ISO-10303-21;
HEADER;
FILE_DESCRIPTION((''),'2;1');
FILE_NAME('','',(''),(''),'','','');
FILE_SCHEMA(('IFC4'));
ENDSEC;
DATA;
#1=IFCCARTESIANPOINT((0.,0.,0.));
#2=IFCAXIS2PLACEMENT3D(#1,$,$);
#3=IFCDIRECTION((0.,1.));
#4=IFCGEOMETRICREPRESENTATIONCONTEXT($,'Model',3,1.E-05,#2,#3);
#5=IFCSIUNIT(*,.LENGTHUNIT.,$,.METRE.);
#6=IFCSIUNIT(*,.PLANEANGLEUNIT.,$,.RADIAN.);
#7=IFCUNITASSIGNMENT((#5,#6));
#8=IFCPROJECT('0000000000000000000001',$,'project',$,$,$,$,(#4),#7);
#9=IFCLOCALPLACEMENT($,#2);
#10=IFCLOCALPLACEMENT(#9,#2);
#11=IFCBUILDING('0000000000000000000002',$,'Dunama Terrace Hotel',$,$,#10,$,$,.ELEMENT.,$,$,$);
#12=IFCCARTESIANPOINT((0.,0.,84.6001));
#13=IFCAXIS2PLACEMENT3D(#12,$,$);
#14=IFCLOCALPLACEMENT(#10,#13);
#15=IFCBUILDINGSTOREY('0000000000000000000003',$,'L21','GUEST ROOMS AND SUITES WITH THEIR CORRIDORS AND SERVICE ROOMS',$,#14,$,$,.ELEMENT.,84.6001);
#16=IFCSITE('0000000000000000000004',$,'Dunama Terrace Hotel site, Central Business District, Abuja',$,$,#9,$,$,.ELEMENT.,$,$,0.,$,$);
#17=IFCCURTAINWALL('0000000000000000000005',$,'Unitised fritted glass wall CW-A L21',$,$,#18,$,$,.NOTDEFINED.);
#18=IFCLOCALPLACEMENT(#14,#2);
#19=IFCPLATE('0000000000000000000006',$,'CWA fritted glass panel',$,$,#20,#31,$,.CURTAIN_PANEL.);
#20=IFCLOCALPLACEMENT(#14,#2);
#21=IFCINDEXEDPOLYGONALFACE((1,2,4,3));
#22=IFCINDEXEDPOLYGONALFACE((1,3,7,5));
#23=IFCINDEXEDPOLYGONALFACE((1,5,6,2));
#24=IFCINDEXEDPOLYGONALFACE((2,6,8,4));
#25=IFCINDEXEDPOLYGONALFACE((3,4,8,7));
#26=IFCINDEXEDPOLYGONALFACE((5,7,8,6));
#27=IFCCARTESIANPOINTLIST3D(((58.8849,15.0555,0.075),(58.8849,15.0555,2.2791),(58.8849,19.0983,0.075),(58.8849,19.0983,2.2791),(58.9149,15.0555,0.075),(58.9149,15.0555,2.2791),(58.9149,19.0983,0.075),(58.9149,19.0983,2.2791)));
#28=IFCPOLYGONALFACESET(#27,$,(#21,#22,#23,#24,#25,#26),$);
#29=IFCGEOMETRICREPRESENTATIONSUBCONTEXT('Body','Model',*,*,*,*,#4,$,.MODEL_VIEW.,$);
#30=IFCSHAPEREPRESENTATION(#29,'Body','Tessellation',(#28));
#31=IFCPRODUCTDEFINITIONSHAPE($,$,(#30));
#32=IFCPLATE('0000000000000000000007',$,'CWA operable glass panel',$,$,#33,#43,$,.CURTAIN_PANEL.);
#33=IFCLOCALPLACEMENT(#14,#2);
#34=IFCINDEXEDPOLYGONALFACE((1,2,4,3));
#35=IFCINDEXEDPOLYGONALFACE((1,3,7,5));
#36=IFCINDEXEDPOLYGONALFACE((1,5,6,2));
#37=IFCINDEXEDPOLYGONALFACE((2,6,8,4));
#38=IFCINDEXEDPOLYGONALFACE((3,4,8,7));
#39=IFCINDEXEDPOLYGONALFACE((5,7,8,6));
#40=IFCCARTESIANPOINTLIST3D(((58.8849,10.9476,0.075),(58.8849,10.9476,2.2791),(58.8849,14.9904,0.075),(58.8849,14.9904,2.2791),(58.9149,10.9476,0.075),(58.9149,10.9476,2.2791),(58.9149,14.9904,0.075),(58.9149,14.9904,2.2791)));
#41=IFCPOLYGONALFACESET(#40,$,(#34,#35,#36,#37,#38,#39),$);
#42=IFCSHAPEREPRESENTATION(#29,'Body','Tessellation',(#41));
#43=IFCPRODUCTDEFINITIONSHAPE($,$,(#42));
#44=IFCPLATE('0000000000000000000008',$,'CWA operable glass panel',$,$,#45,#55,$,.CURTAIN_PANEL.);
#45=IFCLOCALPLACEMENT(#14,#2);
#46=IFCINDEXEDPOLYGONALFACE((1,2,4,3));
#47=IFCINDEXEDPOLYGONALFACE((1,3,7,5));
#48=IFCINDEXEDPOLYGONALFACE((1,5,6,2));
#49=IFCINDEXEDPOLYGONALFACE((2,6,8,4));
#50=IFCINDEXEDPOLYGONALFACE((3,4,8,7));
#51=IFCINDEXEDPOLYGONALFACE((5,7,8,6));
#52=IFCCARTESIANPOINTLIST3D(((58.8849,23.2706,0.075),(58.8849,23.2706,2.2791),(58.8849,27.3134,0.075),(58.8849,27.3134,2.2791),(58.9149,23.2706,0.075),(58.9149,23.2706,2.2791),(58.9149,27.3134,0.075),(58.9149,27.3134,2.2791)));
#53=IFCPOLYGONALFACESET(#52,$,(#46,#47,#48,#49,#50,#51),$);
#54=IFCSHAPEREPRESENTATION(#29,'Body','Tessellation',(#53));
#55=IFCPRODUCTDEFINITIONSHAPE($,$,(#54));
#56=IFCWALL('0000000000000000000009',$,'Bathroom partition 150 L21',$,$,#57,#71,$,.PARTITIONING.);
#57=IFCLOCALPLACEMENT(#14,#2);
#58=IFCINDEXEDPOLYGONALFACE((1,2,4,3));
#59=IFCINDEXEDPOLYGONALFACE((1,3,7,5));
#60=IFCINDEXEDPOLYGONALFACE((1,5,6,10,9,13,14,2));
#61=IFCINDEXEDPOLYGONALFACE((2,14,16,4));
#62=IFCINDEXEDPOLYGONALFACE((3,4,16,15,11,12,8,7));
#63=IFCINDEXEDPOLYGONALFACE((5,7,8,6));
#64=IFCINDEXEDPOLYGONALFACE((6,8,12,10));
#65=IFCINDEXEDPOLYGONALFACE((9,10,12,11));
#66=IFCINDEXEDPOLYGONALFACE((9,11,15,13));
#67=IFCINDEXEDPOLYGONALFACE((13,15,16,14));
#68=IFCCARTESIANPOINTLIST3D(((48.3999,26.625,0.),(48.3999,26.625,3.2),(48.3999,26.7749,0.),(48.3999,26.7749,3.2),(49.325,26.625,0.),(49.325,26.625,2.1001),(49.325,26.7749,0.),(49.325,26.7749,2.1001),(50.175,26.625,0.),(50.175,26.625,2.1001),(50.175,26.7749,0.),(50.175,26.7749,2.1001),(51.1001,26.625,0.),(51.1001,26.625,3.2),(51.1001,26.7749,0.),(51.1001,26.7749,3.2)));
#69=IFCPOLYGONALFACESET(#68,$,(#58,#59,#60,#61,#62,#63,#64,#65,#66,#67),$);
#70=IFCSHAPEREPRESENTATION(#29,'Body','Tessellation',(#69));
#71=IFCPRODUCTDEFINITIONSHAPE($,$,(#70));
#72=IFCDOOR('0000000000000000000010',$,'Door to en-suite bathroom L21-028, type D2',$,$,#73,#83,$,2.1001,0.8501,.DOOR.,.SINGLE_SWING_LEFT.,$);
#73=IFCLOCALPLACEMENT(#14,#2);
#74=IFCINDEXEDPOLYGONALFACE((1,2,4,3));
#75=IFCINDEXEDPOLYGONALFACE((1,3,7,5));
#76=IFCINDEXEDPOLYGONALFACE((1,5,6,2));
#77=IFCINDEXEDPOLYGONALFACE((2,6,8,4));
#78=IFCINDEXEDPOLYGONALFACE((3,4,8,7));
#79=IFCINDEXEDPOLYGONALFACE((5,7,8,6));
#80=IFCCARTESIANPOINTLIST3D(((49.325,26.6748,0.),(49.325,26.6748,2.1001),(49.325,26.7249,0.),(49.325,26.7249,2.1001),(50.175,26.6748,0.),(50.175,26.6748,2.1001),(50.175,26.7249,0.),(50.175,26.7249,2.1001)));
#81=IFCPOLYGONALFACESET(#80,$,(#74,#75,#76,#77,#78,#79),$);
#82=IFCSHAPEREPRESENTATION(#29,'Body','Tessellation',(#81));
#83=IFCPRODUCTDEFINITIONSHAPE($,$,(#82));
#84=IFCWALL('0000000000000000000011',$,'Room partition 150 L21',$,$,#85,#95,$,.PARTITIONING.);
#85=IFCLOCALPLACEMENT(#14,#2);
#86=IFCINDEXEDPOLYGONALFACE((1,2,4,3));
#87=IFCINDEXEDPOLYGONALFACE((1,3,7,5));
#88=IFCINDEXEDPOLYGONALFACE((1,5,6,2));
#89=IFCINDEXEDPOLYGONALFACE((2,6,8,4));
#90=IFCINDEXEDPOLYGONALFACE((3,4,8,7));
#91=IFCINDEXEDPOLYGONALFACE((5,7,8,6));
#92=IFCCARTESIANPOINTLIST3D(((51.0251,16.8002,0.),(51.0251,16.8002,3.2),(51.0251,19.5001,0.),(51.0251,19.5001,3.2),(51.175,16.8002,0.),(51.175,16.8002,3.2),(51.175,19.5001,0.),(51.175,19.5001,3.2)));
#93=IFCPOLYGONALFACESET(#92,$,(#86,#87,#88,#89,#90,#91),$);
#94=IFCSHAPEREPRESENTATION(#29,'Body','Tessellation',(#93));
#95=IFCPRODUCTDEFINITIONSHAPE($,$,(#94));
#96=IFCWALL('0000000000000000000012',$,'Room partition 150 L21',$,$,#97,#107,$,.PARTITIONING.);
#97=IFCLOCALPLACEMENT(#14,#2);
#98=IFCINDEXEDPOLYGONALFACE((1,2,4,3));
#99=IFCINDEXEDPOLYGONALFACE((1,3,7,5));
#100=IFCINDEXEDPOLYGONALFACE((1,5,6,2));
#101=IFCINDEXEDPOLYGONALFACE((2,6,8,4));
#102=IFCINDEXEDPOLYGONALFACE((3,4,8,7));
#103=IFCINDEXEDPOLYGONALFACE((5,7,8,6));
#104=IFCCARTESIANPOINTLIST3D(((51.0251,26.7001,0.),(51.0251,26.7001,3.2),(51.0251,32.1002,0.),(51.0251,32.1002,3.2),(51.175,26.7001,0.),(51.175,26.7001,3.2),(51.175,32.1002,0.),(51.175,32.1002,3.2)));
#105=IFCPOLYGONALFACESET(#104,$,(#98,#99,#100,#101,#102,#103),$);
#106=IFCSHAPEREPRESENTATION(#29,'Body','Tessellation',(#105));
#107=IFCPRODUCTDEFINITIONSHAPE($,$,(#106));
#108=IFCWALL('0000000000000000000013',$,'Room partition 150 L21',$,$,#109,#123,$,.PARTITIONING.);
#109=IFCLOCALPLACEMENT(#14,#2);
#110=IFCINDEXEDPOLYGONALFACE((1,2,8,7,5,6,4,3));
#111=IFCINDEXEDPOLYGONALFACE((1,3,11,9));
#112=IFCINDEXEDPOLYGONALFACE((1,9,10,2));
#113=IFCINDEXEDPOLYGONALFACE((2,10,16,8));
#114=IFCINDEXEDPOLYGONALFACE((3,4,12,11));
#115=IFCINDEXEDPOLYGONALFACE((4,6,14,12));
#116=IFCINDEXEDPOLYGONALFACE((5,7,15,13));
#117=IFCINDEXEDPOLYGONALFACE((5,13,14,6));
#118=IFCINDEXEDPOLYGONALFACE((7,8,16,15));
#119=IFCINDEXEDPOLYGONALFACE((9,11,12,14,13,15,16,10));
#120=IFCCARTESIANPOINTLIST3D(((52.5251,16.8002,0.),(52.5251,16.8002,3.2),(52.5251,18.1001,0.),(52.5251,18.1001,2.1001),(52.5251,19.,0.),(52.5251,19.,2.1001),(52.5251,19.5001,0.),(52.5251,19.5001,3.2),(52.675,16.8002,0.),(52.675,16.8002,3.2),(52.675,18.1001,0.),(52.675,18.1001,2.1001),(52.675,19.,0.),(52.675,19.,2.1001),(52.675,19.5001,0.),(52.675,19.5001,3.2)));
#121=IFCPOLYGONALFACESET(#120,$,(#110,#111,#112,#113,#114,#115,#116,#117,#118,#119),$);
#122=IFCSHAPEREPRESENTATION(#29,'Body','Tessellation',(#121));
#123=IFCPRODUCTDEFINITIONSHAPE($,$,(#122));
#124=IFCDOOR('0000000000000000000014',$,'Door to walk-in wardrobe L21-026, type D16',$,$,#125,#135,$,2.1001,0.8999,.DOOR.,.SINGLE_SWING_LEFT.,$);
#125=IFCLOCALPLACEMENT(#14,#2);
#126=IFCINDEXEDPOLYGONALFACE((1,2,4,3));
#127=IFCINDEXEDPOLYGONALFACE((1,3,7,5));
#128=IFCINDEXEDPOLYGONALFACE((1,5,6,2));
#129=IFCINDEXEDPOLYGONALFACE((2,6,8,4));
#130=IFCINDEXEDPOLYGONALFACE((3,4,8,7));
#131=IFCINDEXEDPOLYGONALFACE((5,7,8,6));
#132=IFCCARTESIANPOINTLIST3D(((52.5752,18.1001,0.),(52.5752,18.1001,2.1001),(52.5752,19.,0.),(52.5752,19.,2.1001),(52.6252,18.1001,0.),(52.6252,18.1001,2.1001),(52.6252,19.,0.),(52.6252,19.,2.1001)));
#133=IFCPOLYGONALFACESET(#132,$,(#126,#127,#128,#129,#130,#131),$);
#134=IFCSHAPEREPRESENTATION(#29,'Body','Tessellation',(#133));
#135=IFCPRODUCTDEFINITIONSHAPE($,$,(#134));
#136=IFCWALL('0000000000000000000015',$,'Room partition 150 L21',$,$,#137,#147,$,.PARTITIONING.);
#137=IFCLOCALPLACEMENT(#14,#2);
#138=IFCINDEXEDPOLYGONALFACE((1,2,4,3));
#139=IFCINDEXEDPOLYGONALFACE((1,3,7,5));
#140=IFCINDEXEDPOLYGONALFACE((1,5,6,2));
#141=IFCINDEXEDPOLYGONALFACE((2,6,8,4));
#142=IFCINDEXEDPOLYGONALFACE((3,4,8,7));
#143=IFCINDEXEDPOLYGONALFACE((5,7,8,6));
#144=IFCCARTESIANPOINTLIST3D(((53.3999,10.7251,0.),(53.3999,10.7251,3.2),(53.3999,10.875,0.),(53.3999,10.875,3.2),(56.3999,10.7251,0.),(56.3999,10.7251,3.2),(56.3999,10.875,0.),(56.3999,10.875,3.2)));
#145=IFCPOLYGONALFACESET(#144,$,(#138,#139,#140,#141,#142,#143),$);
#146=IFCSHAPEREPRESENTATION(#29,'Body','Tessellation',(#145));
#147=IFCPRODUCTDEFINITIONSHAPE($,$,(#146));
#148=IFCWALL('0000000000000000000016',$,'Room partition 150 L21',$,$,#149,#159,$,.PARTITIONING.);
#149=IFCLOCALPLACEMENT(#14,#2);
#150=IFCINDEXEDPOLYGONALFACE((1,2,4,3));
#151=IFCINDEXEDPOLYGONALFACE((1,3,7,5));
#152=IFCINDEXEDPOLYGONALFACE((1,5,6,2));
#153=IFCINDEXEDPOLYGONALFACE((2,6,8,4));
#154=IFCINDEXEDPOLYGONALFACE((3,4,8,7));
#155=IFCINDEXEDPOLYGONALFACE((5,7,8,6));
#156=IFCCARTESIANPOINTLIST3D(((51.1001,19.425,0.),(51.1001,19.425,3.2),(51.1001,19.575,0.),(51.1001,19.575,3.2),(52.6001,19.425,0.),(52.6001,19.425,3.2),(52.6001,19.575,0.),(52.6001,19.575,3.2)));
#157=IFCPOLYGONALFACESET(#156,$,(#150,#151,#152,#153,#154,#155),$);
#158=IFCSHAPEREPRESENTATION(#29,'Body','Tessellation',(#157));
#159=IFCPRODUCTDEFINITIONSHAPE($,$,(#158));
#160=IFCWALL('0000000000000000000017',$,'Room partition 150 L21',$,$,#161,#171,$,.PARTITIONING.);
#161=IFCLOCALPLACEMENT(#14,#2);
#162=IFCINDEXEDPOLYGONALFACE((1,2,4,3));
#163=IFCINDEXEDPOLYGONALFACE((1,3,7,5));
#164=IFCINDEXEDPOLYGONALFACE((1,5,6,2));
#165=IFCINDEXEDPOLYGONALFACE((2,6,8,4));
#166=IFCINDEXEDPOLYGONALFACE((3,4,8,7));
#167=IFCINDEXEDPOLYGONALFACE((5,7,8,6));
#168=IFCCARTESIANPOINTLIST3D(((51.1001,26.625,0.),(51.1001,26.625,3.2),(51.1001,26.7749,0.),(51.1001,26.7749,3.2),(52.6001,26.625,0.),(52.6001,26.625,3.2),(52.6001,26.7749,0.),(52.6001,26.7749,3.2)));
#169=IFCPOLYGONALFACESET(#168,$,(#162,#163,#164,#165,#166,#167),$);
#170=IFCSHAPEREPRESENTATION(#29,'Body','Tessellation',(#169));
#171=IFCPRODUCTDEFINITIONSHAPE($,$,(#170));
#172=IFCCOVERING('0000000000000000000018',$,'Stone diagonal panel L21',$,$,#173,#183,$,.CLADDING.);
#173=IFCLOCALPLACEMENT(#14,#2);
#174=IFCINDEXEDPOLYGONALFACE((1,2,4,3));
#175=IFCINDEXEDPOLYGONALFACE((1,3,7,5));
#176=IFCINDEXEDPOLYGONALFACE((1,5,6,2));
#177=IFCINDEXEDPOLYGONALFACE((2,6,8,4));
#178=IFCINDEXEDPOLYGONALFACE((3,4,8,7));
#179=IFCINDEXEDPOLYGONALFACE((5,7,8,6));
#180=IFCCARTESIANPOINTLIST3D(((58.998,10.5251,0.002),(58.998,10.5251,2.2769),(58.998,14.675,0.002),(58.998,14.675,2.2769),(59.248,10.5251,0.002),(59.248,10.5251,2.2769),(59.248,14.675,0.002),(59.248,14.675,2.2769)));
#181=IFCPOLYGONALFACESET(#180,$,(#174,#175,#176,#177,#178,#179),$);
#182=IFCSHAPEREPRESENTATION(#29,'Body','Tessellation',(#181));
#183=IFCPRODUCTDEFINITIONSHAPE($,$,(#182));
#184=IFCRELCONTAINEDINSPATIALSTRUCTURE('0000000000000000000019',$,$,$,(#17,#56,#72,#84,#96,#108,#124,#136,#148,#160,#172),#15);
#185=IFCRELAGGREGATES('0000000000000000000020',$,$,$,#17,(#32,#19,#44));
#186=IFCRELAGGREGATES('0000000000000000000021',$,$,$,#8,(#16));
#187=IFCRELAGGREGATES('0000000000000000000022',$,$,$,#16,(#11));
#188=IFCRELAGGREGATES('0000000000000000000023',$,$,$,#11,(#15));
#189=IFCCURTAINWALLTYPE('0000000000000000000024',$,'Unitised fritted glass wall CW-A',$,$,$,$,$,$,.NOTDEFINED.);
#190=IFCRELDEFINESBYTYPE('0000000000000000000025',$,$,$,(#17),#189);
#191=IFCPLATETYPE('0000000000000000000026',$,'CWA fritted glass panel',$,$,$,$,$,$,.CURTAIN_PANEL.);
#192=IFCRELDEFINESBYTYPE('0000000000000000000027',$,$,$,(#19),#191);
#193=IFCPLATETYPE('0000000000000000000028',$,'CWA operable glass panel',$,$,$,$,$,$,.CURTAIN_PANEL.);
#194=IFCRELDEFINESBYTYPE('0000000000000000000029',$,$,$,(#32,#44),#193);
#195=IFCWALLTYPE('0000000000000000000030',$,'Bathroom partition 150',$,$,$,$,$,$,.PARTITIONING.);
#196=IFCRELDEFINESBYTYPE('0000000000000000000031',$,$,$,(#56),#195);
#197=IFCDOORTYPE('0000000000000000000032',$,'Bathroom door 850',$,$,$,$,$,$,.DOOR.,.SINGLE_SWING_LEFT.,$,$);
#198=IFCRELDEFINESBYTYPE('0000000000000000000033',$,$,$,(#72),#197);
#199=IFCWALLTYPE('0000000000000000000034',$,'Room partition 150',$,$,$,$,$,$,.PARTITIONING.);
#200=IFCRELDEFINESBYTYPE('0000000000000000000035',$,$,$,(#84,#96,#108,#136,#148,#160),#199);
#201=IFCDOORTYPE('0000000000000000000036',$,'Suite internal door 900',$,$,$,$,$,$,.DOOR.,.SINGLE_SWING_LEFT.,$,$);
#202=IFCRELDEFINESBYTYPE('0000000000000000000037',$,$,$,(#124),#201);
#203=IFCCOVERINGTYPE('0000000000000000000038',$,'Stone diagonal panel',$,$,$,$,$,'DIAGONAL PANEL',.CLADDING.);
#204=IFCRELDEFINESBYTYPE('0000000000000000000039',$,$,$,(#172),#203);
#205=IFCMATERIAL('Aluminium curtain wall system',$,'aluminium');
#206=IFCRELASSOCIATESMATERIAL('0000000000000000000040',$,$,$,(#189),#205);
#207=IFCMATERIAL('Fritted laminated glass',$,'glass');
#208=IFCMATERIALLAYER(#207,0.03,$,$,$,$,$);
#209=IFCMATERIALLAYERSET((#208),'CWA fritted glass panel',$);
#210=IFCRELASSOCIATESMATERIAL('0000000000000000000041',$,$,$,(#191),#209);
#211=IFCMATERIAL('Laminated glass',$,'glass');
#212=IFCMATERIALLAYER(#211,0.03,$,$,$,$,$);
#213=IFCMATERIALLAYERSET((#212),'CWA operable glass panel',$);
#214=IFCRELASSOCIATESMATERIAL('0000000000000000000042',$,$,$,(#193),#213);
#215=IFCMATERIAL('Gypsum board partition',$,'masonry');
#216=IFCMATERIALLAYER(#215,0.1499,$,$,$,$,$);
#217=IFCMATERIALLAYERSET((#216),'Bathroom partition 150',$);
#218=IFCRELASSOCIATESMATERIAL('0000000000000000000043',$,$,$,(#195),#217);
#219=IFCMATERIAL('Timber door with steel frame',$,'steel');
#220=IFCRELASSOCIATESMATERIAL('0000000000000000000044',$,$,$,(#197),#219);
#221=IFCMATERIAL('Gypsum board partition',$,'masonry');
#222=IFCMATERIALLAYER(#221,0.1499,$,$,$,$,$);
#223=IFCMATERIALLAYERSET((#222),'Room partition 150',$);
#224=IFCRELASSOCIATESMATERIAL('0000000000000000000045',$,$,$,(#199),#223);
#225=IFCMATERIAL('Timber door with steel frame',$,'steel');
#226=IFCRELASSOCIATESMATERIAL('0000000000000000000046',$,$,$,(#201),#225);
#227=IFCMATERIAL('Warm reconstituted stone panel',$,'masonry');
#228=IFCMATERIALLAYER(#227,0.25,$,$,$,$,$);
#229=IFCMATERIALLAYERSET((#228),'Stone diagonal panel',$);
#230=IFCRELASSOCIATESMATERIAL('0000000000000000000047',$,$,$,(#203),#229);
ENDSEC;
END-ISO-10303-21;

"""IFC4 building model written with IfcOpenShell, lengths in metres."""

from ifc_helpers import new_model, si_unit, direction, frame, frame_2d, origin, origin_2d, place, context, subcontext, project, spatial, rectangle, extrude, material, layer, layer_set, type_object, element, fill, aggregate, save


model = new_model("IFC4")

# Units and contexts
model_context = context("Model", 3, precision=1e-05, world=origin(), true_north=direction((0.0, 1.0)))
body_context = subcontext(model_context, "Body", "Model", "MODEL_VIEW")
ifc_project = project(units=[si_unit("LENGTHUNIT", "METRE"), si_unit("PLANEANGLEUNIT", "RADIAN")], contexts=[model_context])

# Site, building, storey
site_placement = place(None, origin())
site = spatial("IfcSite", under=ifc_project, at=site_placement, Name="Dunama Terrace Hotel site, Central Business District, Abuja", CompositionType="ELEMENT", RefElevation=0.0)
building_placement = place(site_placement, origin())
building = spatial("IfcBuilding", under=site, at=building_placement, Name="Dunama Terrace Hotel", CompositionType="ELEMENT")
storey_placement = place(building_placement, frame((0.0, 0.0, 84.6001)))
storey = spatial("IfcBuildingStorey", under=building, at=storey_placement, Name="L21", Description="GUEST ROOMS AND SUITES WITH THEIR CORRIDORS AND SERVICE ROOMS", CompositionType="ELEMENT", Elevation=84.6001)

# Curtain wall, plates
ifc_material_1 = material(Name="Aluminium curtain wall system", Category="aluminium")
curtain_wall_type = type_object("IfcCurtainWallType", Name="Unitised fritted glass wall CW-A", PredefinedType="NOTDEFINED", material=ifc_material_1)
curtain_wall_placement = place(storey_placement, origin())
curtain_wall = element("IfcCurtainWall", 1, at=curtain_wall_placement, inside=storey, type_object=curtain_wall_type, Name="Unitised fritted glass wall CW-A L21", PredefinedType="NOTDEFINED")
ifc_material_2 = material(Name="Fritted laminated glass", Category="glass")
ifc_layer_1 = layer(ifc_material_2, 0.03)
ifc_layer_set_1 = layer_set([ifc_layer_1], Name="CWA fritted glass panel")
plate_type_1 = type_object("IfcPlateType", Name="CWA fritted glass panel", PredefinedType="CURTAIN_PANEL", material=ifc_layer_set_1)
plate_1_placement = place(storey_placement, frame((58.8999, 17.0769, 0.075), z_axis=(0.0, 0.0, 1.0), x_axis=(0.0, 1.0, 0.0)))
plate_1 = element("IfcPlate", 2, at=plate_1_placement, type_object=plate_type_1, Name="CWA fritted glass panel", PredefinedType="CURTAIN_PANEL", context=body_context, shape_type="SweptSolid", body=[
    extrude(rectangle(XDim=4.0427, YDim=0.03, at=origin_2d()), origin(), (0.0, 0.0, 1.0), 2.2041),
])
ifc_material_3 = material(Name="Laminated glass", Category="glass")
ifc_layer_2 = layer(ifc_material_3, 0.03)
ifc_layer_set_2 = layer_set([ifc_layer_2], Name="CWA operable glass panel")
plate_type_2 = type_object("IfcPlateType", Name="CWA operable glass panel", PredefinedType="CURTAIN_PANEL", material=ifc_layer_set_2)
plate_2_placement = place(storey_placement, frame((58.8999, 12.969, 0.075), z_axis=(0.0, 0.0, 1.0), x_axis=(0.0, 1.0, 0.0)))
plate_2 = element("IfcPlate", 3, at=plate_2_placement, type_object=plate_type_2, Name="CWA operable glass panel", PredefinedType="CURTAIN_PANEL", context=body_context, shape_type="SweptSolid", body=[
    extrude(rectangle(XDim=4.0427, YDim=0.03, at=origin_2d()), origin(), (0.0, 0.0, 1.0), 2.2041),
])
plate_3_placement = place(storey_placement, frame((58.8999, 25.292, 0.075), z_axis=(0.0, 0.0, 1.0), x_axis=(0.0, 1.0, 0.0)))
plate_3 = element("IfcPlate", 4, at=plate_3_placement, type_object=plate_type_2, Name="CWA operable glass panel", PredefinedType="CURTAIN_PANEL", context=body_context, shape_type="SweptSolid", body=[
    extrude(rectangle(XDim=4.0427, YDim=0.03, at=origin_2d()), origin(), (0.0, 0.0, 1.0), 2.2041),
])
aggregate(curtain_wall, [plate_2, plate_1, plate_3])

# Wall, opening, door
ifc_material_4 = material(Name="Gypsum board partition", Category="masonry")
ifc_layer_3 = layer(ifc_material_4, 0.1499)
ifc_layer_set_3 = layer_set([ifc_layer_3], Name="Bathroom partition 150")
wall_type_1 = type_object("IfcWallType", Name="Bathroom partition 150", PredefinedType="PARTITIONING", material=ifc_layer_set_3)
wall_1_placement = place(storey_placement, frame((48.3999, 26.7, 0.0), z_axis=(0.0, 0.0, 1.0), x_axis=(1.0, 0.0, 0.0)))
wall_1 = element("IfcWall", 5, at=wall_1_placement, inside=storey, type_object=wall_type_1, Name="Bathroom partition 150 L21", PredefinedType="PARTITIONING", context=body_context, shape_type="SweptSolid", body=[
    extrude(rectangle(XDim=2.7002, YDim=0.1499, at=frame_2d((1.3501, 0.0))), origin(), (0.0, 0.0, 1.0), 3.2),
])
opening_1_placement = place(wall_1_placement, frame((0.925, 0.0, 0.0)))
opening_1 = element("IfcOpeningElement", 6, at=opening_1_placement, cuts=wall_1, PredefinedType="OPENING", context=body_context, shape_type="SweptSolid", body=[
    extrude(rectangle(XDim=0.8501, YDim=2.1001, at=frame_2d((0.425, 1.05))), frame((0.0, 0.085, 0.0), z_axis=(0.0, -1.0, 0.0), x_axis=(1.0, 0.0, 0.0)), (0.0, 0.0, 1.0), 0.1699),
])
ifc_material_5 = material(Name="Timber door with steel frame", Category="steel")
door_type_1 = type_object("IfcDoorType", Name="Bathroom door 850", OperationType="SINGLE_SWING_LEFT", PredefinedType="DOOR", material=ifc_material_5)
door_1_placement = place(opening_1_placement, origin())
door_1 = element("IfcDoor", 7, at=door_1_placement, inside=storey, type_object=door_type_1, Name="Door to en-suite bathroom L21-028, type D2", OperationType="SINGLE_SWING_LEFT", OverallHeight=2.1001, OverallWidth=0.8501, PredefinedType="DOOR", context=body_context, shape_type="SweptSolid", body=[
    extrude(rectangle(XDim=0.8501, YDim=2.1001, at=frame_2d((0.425, 1.05))), frame((0.0, 0.0249, 0.0), z_axis=(0.0, -1.0, 0.0), x_axis=(1.0, 0.0, 0.0)), (0.0, 0.0, 1.0), 0.05),
])
fill(opening_1, door_1)

# Walls
ifc_material_6 = material(Name="Gypsum board partition", Category="masonry")
ifc_layer_4 = layer(ifc_material_6, 0.1499)
ifc_layer_set_4 = layer_set([ifc_layer_4], Name="Room partition 150")
wall_type_2 = type_object("IfcWallType", Name="Room partition 150", PredefinedType="PARTITIONING", material=ifc_layer_set_4)
wall_2_placement = place(storey_placement, frame((51.1001, 16.8, 0.0), z_axis=(0.0, 0.0, 1.0), x_axis=(0.0, 1.0, 0.0)))
element("IfcWall", 8, at=wall_2_placement, inside=storey, type_object=wall_type_2, Name="Room partition 150 L21", PredefinedType="PARTITIONING", context=body_context, shape_type="SweptSolid", body=[
    extrude(rectangle(XDim=2.7, YDim=0.1499, at=frame_2d((1.3501, 0.0))), origin(), (0.0, 0.0, 1.0), 3.2),
])
wall_3_placement = place(storey_placement, frame((51.1001, 26.7, 0.0), z_axis=(0.0, 0.0, 1.0), x_axis=(0.0, 1.0, 0.0)))
element("IfcWall", 9, at=wall_3_placement, inside=storey, type_object=wall_type_2, Name="Room partition 150 L21", PredefinedType="PARTITIONING", context=body_context, shape_type="SweptSolid", body=[
    extrude(rectangle(XDim=5.4001, YDim=0.1499, at=frame_2d((2.7002, 0.0))), origin(), (0.0, 0.0, 1.0), 3.2),
])

# Wall, opening, door
wall_4_placement = place(storey_placement, frame((52.6001, 16.8, 0.0), z_axis=(0.0, 0.0, 1.0), x_axis=(0.0, 1.0, 0.0)))
wall_4 = element("IfcWall", 10, at=wall_4_placement, inside=storey, type_object=wall_type_2, Name="Room partition 150 L21", PredefinedType="PARTITIONING", context=body_context, shape_type="SweptSolid", body=[
    extrude(rectangle(XDim=2.7, YDim=0.1499, at=frame_2d((1.3501, 0.0))), origin(), (0.0, 0.0, 1.0), 3.2),
])
opening_2_placement = place(wall_4_placement, frame((1.3, 0.0, 0.0)))
opening_2 = element("IfcOpeningElement", 11, at=opening_2_placement, cuts=wall_4, PredefinedType="OPENING", context=body_context, shape_type="SweptSolid", body=[
    extrude(rectangle(XDim=0.8999, YDim=2.1001, at=frame_2d((0.45, 1.05))), frame((0.0, 0.085, 0.0), z_axis=(0.0, -1.0, 0.0), x_axis=(1.0, 0.0, 0.0)), (0.0, 0.0, 1.0), 0.1699),
])
ifc_material_7 = material(Name="Timber door with steel frame", Category="steel")
door_type_2 = type_object("IfcDoorType", Name="Suite internal door 900", OperationType="SINGLE_SWING_LEFT", PredefinedType="DOOR", material=ifc_material_7)
door_2_placement = place(opening_2_placement, origin())
door_2 = element("IfcDoor", 12, at=door_2_placement, inside=storey, type_object=door_type_2, Name="Door to walk-in wardrobe L21-026, type D16", OperationType="SINGLE_SWING_LEFT", OverallHeight=2.1001, OverallWidth=0.8999, PredefinedType="DOOR", context=body_context, shape_type="SweptSolid", body=[
    extrude(rectangle(XDim=0.8999, YDim=2.1001, at=frame_2d((0.45, 1.05))), frame((0.0, 0.0249, 0.0), z_axis=(0.0, -1.0, 0.0), x_axis=(1.0, 0.0, 0.0)), (0.0, 0.0, 1.0), 0.05),
])
fill(opening_2, door_2)

# Walls
wall_5_placement = place(storey_placement, frame((53.3999, 10.8, 0.0), z_axis=(0.0, 0.0, 1.0), x_axis=(1.0, 0.0, 0.0)))
element("IfcWall", 13, at=wall_5_placement, inside=storey, type_object=wall_type_2, Name="Room partition 150 L21", PredefinedType="PARTITIONING", context=body_context, shape_type="SweptSolid", body=[
    extrude(rectangle(XDim=3.0, YDim=0.1499, at=frame_2d((1.5, 0.0))), origin(), (0.0, 0.0, 1.0), 3.2),
])
for number, where, z_axis, x_axis, name in (
    (14, (51.1001, 19.5, 0.0), (0.0, 0.0, 1.0), (1.0, 0.0, 0.0), "Room partition 150 L21"),
    (15, (51.1001, 26.7, 0.0), (0.0, 0.0, 1.0), (1.0, 0.0, 0.0), "Room partition 150 L21"),
):
    element("IfcWall", number, at=place(storey_placement, frame(where, z_axis=z_axis, x_axis=x_axis)), inside=storey, type_object=wall_type_2, Name=name, PredefinedType="PARTITIONING", context=body_context, shape_type="SweptSolid", body=[
        extrude(rectangle(XDim=1.5, YDim=0.1499, at=frame_2d((0.75, 0.0))), origin(), (0.0, 0.0, 1.0), 3.2),
    ])

# Covering
ifc_material_8 = material(Name="Warm reconstituted stone panel", Category="masonry")
ifc_layer_5 = layer(ifc_material_8, 0.25)
ifc_layer_set_5 = layer_set([ifc_layer_5], Name="Stone diagonal panel")
covering_type = type_object("IfcCoveringType", Name="Stone diagonal panel", ElementType="DIAGONAL PANEL", PredefinedType="CLADDING", material=ifc_layer_set_5)
for number, where, z_axis, x_axis, name in (
    (16, (59.123, 12.6001, 0.002), (0.0, 0.0, 1.0), (0.0, 1.0, 0.0), "Stone diagonal panel L21"),
):
    element("IfcCovering", number, at=place(storey_placement, frame(where, z_axis=z_axis, x_axis=x_axis)), inside=storey, type_object=covering_type, Name=name, PredefinedType="CLADDING", context=body_context, shape_type="SweptSolid", body=[
        extrude(rectangle(XDim=4.1499, YDim=0.25, at=origin_2d()), origin(), (0.0, 0.0, 1.0), 2.2749),
    ])

save(model, "model.ifc")
